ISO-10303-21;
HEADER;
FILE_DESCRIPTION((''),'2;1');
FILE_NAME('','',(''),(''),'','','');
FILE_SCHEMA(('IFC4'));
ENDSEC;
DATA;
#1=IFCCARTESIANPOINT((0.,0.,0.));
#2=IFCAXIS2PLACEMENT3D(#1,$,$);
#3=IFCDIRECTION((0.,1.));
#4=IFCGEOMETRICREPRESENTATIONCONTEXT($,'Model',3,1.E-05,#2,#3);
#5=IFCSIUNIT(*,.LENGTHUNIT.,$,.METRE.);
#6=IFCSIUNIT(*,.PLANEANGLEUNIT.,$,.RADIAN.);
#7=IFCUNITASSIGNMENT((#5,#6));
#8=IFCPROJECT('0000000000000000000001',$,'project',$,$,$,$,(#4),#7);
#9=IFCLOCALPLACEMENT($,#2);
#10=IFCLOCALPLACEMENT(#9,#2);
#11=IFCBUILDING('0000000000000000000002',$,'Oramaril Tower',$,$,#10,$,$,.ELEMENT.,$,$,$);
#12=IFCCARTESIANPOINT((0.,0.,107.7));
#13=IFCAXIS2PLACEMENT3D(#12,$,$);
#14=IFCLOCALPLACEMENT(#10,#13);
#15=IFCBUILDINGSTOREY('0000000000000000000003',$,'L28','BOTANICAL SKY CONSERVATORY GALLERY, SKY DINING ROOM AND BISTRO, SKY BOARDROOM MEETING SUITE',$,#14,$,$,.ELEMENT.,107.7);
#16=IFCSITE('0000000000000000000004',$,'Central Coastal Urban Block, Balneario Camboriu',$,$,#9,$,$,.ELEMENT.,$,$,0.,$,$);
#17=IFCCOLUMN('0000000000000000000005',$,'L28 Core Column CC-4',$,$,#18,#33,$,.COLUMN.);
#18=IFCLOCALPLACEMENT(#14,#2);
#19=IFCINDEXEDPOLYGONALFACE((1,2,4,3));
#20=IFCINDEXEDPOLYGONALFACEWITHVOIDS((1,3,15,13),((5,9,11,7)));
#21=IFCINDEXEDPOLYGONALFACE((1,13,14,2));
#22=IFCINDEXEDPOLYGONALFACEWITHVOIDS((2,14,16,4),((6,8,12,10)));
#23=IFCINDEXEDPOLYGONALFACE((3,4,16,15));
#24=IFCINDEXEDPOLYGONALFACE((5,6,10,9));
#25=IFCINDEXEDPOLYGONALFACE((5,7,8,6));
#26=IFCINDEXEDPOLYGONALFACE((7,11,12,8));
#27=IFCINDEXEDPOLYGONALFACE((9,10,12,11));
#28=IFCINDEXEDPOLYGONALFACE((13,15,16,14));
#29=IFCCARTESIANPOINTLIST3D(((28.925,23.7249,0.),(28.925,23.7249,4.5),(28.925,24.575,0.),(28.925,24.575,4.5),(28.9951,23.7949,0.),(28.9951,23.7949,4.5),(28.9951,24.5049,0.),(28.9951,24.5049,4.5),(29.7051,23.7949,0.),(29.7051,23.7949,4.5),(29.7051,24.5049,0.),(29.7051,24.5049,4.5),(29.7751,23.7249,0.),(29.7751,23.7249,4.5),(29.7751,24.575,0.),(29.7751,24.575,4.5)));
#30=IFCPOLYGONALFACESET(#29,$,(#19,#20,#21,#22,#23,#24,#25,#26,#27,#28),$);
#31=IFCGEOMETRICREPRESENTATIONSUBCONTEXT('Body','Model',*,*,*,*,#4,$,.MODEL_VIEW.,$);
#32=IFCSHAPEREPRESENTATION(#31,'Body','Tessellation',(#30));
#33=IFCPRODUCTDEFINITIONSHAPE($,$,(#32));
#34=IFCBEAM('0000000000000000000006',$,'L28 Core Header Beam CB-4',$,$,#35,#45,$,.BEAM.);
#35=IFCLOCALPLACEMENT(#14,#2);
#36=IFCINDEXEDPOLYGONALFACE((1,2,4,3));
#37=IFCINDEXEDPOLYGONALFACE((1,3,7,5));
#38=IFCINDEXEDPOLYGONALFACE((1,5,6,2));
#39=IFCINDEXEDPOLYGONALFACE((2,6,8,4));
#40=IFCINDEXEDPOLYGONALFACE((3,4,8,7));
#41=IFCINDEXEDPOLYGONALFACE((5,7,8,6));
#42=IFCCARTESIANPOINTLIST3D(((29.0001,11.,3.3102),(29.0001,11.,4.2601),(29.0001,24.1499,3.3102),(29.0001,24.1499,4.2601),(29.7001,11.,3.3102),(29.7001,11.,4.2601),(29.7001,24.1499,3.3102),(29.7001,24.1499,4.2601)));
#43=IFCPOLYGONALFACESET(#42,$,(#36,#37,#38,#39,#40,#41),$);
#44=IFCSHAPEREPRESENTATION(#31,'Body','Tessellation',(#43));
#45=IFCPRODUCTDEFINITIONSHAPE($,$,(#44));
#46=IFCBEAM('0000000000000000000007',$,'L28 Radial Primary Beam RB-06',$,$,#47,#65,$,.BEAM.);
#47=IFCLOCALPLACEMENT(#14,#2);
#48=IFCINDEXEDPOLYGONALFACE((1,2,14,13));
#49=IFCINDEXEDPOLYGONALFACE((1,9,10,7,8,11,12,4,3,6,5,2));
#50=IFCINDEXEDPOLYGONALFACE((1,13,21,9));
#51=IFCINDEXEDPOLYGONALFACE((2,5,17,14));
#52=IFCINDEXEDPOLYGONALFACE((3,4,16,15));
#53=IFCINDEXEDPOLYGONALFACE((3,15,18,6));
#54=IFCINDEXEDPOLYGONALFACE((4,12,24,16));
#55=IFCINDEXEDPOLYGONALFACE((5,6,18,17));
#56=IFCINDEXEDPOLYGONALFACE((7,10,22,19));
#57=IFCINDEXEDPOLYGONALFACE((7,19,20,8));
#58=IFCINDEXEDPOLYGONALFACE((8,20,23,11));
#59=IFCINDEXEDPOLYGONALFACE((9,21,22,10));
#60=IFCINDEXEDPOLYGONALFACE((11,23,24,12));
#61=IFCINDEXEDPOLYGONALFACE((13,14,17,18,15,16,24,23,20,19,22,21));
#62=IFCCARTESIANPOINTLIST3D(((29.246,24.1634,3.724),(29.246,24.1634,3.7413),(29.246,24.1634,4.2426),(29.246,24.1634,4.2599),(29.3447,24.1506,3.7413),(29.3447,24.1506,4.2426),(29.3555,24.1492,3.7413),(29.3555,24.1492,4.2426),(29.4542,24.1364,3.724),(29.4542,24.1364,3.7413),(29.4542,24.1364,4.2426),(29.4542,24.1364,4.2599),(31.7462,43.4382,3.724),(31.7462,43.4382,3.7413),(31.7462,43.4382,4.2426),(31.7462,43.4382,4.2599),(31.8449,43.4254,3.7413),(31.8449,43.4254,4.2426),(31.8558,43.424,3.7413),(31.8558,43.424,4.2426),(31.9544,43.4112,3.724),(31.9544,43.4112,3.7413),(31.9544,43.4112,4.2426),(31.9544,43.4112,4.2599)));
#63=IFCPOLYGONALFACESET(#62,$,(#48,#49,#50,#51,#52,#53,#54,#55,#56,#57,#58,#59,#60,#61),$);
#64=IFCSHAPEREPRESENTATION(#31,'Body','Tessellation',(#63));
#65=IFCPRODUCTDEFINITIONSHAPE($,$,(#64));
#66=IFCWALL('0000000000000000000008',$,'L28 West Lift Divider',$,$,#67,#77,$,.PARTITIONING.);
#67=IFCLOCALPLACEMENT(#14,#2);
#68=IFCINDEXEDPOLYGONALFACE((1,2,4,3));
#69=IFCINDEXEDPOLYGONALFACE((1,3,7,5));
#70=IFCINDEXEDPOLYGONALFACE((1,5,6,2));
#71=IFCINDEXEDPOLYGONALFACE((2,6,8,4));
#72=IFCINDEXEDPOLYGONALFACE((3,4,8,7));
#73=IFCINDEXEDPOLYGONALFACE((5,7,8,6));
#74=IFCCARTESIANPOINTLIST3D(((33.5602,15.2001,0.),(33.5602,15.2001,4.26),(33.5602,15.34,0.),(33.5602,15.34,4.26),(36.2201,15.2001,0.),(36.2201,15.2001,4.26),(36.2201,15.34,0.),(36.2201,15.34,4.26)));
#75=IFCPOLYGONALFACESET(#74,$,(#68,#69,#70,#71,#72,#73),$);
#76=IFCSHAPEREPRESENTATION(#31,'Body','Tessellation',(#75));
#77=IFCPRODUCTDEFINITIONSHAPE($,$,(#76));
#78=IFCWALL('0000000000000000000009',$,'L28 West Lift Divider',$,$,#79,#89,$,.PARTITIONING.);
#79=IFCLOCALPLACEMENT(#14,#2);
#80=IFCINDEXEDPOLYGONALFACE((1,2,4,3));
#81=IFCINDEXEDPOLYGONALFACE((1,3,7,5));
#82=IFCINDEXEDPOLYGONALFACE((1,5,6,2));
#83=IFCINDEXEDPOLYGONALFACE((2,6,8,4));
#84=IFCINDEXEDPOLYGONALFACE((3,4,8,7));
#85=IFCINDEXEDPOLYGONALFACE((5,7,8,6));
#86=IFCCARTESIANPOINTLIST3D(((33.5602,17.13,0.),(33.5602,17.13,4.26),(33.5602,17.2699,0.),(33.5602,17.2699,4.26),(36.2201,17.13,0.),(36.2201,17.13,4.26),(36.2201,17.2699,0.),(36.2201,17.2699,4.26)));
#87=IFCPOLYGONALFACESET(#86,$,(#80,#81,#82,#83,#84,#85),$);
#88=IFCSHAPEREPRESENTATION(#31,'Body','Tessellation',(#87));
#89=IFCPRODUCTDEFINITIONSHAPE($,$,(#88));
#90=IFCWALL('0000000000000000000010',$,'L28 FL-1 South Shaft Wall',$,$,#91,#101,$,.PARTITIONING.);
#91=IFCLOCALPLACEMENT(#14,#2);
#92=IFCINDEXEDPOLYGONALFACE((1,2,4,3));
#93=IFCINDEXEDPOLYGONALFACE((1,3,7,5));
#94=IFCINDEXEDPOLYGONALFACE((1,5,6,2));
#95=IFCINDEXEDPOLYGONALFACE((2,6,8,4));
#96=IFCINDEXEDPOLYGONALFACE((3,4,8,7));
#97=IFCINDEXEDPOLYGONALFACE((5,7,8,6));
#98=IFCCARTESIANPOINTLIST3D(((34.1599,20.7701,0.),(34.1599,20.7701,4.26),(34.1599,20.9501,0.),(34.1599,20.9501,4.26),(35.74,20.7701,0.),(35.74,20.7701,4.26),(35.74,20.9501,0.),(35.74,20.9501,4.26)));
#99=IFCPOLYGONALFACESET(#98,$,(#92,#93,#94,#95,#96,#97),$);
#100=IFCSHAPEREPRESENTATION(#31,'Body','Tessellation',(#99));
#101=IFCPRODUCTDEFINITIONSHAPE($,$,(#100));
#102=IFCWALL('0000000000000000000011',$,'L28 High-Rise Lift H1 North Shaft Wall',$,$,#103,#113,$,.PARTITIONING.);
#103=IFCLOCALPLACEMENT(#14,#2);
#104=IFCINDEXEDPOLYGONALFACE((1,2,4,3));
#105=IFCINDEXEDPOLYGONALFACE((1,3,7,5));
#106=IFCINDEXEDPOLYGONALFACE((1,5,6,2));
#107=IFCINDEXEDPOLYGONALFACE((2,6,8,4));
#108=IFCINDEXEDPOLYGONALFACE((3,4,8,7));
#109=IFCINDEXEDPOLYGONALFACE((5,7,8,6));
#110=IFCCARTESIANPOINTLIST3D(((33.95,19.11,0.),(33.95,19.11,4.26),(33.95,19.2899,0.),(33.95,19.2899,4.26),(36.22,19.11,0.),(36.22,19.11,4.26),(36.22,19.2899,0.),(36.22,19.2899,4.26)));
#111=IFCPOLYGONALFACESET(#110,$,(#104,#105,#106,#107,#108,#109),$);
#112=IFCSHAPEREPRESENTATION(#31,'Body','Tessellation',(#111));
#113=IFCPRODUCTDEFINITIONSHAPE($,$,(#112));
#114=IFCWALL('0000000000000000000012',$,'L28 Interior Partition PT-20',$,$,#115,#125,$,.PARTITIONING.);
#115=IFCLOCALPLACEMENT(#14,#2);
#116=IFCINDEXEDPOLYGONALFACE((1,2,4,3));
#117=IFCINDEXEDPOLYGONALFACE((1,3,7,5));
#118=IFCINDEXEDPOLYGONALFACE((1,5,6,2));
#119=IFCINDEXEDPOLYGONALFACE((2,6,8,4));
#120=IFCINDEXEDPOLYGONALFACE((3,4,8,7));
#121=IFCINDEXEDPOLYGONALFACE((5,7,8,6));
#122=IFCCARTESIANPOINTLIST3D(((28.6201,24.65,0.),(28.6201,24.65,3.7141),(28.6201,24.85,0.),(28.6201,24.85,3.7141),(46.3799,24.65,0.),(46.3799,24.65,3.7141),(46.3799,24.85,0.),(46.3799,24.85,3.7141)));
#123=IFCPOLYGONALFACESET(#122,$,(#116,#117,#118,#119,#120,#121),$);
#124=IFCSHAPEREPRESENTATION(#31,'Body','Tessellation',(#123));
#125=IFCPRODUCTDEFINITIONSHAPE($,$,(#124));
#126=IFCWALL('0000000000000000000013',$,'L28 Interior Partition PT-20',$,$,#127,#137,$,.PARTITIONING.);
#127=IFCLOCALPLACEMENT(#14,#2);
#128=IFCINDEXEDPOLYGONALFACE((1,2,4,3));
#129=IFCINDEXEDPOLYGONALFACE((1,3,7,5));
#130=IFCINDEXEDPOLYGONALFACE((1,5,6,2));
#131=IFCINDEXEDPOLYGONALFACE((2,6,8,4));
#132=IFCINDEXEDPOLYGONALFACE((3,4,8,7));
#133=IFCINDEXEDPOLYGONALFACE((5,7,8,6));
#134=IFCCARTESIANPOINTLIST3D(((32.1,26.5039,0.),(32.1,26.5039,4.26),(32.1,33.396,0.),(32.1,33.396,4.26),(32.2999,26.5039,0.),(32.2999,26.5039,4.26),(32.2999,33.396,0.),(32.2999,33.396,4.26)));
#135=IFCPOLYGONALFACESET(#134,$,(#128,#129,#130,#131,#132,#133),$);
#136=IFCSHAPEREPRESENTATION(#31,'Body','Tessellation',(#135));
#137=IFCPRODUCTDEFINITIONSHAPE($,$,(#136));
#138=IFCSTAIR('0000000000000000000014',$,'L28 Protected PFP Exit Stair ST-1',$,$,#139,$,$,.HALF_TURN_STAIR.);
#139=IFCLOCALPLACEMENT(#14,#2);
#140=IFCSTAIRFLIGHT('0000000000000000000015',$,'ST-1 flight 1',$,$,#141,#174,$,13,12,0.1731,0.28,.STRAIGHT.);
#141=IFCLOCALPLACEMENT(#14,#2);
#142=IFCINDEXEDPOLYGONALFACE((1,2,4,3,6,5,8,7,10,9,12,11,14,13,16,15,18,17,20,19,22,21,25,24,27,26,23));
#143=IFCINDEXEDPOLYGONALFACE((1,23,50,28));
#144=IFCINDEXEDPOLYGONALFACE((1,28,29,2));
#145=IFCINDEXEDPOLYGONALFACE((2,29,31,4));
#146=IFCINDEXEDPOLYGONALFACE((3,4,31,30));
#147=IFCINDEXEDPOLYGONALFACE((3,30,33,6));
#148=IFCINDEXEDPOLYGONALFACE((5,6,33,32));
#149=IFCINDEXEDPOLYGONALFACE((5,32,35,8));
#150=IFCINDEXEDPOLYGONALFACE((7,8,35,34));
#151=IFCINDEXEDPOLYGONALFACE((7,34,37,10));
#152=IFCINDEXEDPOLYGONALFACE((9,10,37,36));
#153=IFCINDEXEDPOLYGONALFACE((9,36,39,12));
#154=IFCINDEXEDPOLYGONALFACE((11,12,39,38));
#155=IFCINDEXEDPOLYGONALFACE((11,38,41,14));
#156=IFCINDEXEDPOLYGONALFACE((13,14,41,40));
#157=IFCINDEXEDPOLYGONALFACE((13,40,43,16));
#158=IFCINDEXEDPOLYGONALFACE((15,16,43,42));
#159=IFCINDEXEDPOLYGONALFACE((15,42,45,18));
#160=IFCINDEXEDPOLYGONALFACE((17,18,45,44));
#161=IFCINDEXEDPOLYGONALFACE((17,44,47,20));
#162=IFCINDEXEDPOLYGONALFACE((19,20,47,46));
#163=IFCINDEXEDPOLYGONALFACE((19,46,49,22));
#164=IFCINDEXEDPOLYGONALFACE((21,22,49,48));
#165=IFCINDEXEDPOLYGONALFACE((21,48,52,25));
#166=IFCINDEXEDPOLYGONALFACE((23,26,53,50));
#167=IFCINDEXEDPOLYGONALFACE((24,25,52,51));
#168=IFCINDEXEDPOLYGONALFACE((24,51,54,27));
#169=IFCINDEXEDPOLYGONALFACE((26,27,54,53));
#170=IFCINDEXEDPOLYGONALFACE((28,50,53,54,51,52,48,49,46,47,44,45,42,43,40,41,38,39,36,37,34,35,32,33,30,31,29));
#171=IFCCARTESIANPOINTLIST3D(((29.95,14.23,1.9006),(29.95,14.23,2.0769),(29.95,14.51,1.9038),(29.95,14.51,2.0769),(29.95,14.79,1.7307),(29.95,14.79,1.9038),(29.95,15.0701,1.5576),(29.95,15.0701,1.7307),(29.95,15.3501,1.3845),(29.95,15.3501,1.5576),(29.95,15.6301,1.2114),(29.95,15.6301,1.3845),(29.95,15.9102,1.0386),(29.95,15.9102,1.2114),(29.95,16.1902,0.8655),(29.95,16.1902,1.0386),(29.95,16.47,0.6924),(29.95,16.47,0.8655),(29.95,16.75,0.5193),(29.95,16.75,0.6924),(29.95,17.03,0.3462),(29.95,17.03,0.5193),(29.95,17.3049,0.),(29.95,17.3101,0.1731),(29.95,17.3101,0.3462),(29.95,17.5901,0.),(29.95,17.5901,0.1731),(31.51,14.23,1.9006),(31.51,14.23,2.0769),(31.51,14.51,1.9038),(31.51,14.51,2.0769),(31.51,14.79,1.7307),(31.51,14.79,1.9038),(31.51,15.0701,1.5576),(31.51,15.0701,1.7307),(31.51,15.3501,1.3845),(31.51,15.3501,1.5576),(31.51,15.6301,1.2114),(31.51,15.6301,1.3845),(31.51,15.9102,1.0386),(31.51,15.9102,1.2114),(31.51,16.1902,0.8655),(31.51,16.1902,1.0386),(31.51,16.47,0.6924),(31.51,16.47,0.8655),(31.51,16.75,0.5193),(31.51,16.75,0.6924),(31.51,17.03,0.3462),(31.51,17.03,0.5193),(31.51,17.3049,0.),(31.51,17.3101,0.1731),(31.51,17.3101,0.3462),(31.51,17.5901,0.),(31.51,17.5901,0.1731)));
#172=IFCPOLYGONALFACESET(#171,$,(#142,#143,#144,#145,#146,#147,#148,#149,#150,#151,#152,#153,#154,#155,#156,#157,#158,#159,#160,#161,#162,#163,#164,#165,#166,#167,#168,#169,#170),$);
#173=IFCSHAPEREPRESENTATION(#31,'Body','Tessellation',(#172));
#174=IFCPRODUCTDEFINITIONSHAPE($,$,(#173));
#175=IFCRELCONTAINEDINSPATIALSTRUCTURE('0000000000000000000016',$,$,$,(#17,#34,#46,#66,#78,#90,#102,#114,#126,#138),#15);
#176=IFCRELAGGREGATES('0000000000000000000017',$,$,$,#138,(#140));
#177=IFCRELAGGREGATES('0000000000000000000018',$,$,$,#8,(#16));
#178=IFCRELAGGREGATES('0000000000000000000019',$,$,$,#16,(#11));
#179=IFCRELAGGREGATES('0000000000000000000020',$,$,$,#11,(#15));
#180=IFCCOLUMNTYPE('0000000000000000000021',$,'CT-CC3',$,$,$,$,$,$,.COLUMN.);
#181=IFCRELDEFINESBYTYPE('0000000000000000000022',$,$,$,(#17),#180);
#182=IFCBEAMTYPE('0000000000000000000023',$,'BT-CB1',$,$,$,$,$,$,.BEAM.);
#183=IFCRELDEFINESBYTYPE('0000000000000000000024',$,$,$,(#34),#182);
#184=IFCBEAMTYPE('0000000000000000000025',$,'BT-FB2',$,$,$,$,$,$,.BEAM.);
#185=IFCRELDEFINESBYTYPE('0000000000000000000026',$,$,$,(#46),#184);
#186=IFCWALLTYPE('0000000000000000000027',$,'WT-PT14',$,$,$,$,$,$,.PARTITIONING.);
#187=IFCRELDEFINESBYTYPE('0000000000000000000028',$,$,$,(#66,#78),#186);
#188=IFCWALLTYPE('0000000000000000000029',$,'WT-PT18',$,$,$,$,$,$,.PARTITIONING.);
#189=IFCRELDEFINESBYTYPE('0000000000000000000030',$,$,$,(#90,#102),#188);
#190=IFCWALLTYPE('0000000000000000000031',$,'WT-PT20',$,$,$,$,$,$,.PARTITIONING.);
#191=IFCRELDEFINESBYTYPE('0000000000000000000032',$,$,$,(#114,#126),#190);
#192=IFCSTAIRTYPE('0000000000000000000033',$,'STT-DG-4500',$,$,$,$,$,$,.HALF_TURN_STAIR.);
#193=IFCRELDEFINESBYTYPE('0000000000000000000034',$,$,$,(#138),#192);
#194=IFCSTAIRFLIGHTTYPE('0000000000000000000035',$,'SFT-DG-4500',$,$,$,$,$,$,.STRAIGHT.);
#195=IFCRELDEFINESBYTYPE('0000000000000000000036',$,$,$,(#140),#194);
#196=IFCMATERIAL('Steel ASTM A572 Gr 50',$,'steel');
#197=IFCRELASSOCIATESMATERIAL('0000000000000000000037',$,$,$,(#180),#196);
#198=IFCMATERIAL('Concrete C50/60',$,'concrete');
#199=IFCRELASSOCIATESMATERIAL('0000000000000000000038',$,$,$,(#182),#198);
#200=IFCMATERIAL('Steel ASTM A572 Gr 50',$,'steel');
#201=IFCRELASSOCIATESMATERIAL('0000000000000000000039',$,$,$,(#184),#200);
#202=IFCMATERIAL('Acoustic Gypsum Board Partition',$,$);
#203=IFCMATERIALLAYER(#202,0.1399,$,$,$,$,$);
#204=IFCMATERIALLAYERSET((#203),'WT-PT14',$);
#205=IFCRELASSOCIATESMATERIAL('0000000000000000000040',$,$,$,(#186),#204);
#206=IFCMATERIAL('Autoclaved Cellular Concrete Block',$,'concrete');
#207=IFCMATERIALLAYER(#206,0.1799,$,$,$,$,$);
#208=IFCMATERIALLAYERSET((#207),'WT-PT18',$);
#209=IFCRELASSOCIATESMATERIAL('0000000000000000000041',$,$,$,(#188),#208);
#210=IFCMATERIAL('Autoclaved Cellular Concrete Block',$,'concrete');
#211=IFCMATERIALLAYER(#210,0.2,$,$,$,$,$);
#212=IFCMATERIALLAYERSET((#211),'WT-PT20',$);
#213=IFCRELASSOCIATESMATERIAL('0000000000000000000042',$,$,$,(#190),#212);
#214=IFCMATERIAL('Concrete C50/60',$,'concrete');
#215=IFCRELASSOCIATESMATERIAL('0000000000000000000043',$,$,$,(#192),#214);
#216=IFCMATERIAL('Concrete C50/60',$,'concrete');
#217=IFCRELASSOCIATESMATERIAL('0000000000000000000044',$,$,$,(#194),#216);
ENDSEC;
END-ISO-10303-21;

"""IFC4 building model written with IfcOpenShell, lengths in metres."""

from ifc_helpers import new_model, si_unit, direction, frame, frame_2d, origin, origin_2d, place, context, subcontext, project, spatial, polyline, rectangle, hollow_rectangle, i_section, outline, extrude, material, layer, layer_set, material_profile, profile_set, type_object, element, aggregate, save


model = new_model("IFC4")

# Units and contexts
model_context = context("Model", 3, precision=1e-05, world=origin(), true_north=direction((0.0, 1.0)))
body_context = subcontext(model_context, "Body", "Model", "MODEL_VIEW")
ifc_project = project(units=[si_unit("LENGTHUNIT", "METRE"), si_unit("PLANEANGLEUNIT", "RADIAN")], contexts=[model_context])

# Site, building, storey
site_placement = place(None, origin())
site = spatial("IfcSite", under=ifc_project, at=site_placement, Name="Central Coastal Urban Block, Balneario Camboriu", CompositionType="ELEMENT", RefElevation=0.0)
building_placement = place(site_placement, origin())
building = spatial("IfcBuilding", under=site, at=building_placement, Name="Oramaril Tower", CompositionType="ELEMENT")
storey_placement = place(building_placement, frame((0.0, 0.0, 107.7)))
storey = spatial("IfcBuildingStorey", under=building, at=storey_placement, Name="L28", Description="BOTANICAL SKY CONSERVATORY GALLERY, SKY DINING ROOM AND BISTRO, SKY BOARDROOM MEETING SUITE", CompositionType="ELEMENT", Elevation=107.7)

# Column
ifc_material_1 = material(Name="Steel ASTM A572 Gr 50", Category="steel")
ifc_material_profile_1 = material_profile(ifc_material_1, hollow_rectangle(XDim=0.8501, YDim=0.8501, WallThickness=0.0701, at=origin_2d()), Name="BOX850X850X70")
ifc_profile_set_1 = profile_set([ifc_material_profile_1], Name="Steel ASTM A572 Gr 50")
column_type = type_object("IfcColumnType", Name="CT-CC3", PredefinedType="COLUMN", material=ifc_profile_set_1)
column_placement = place(storey_placement, frame((29.3501, 24.1499, 0.0), z_axis=(0.0, 0.0, 1.0), x_axis=(1.0, 0.0, 0.0)))
element("IfcColumn", 1, at=column_placement, inside=storey, type_object=column_type, Name="L28 Core Column CC-4", PredefinedType="COLUMN", context=body_context, shape_type="SweptSolid", body=[
    extrude(hollow_rectangle(XDim=0.8501, YDim=0.8501, WallThickness=0.0701, at=origin_2d()), origin(), (0.0, 0.0, 1.0), 4.5),
])

# Beams
ifc_material_2 = material(Name="Concrete C50/60", Category="concrete")
ifc_material_profile_2 = material_profile(ifc_material_2, rectangle(XDim=0.7, YDim=0.95, at=origin_2d()), Name="CB700X950")
ifc_profile_set_2 = profile_set([ifc_material_profile_2], Name="Concrete C50/60")
beam_type_1 = type_object("IfcBeamType", Name="BT-CB1", PredefinedType="BEAM", material=ifc_profile_set_2)
beam_1_placement = place(storey_placement, frame((29.3501, 24.1499, 3.7852), z_axis=(0.0, -1.0, 0.0), x_axis=(1.0, 0.0, 0.0)))
element("IfcBeam", 2, at=beam_1_placement, inside=storey, type_object=beam_type_1, Name="L28 Core Header Beam CB-4", PredefinedType="BEAM", context=body_context, shape_type="SweptSolid", body=[
    extrude(rectangle(XDim=0.7, YDim=0.95, at=origin_2d()), origin(), (0.0, 0.0, 1.0), 13.1499),
])
ifc_material_3 = material(Name="Steel ASTM A572 Gr 50", Category="steel")
ifc_material_profile_3 = material_profile(ifc_material_3, i_section(OverallWidth=0.21, OverallDepth=0.5359, WebThickness=0.011, FlangeThickness=0.0173, at=origin_2d()), Name="W21X68")
ifc_profile_set_3 = profile_set([ifc_material_profile_3], Name="Steel ASTM A572 Gr 50")
beam_type_2 = type_object("IfcBeamType", Name="BT-FB2", PredefinedType="BEAM", material=ifc_profile_set_3)
beam_2_placement = place(storey_placement, frame((29.3501, 24.1499, 3.9919), z_axis=(0.128637, 0.991692, 0.0), x_axis=(-0.991692, 0.128637, 0.0)))
element("IfcBeam", 3, at=beam_2_placement, inside=storey, type_object=beam_type_2, Name="L28 Radial Primary Beam RB-06", PredefinedType="BEAM", context=body_context, shape_type="SweptSolid", body=[
    extrude(i_section(OverallWidth=0.21, OverallDepth=0.5359, WebThickness=0.011, FlangeThickness=0.0173, at=origin_2d()), origin(), (0.0, 0.0, 1.0), 19.4363),
])

# Walls
ifc_material_4 = material(Name="Acoustic Gypsum Board Partition")
ifc_layer_1 = layer(ifc_material_4, 0.1399)
ifc_layer_set_1 = layer_set([ifc_layer_1], Name="WT-PT14")
wall_type_1 = type_object("IfcWallType", Name="WT-PT14", PredefinedType="PARTITIONING", material=ifc_layer_set_1)
for number, where, z_axis, x_axis, name in (
    (4, (33.5601, 15.27, 0.0), (0.0, 0.0, 1.0), (1.0, 0.0, 0.0), "L28 West Lift Divider"),
    (5, (33.5601, 17.2, 0.0), (0.0, 0.0, 1.0), (1.0, 0.0, 0.0), "L28 West Lift Divider"),
):
    element("IfcWall", number, at=place(storey_placement, frame(where, z_axis=z_axis, x_axis=x_axis)), inside=storey, type_object=wall_type_1, Name=name, PredefinedType="PARTITIONING", context=body_context, shape_type="SweptSolid", body=[
        extrude(rectangle(XDim=2.6599, YDim=0.1399, at=frame_2d((1.3301, 0.0))), origin(), (0.0, 0.0, 1.0), 4.26),
    ])
ifc_material_5 = material(Name="Autoclaved Cellular Concrete Block", Category="concrete")
ifc_layer_2 = layer(ifc_material_5, 0.1799)
ifc_layer_set_2 = layer_set([ifc_layer_2], Name="WT-PT18")
wall_type_2 = type_object("IfcWallType", Name="WT-PT18", PredefinedType="PARTITIONING", material=ifc_layer_set_2)
wall_1_placement = place(storey_placement, frame((34.1599, 20.8601, 0.0), z_axis=(0.0, 0.0, 1.0), x_axis=(1.0, 0.0, 0.0)))
element("IfcWall", 6, at=wall_1_placement, inside=storey, type_object=wall_type_2, Name="L28 FL-1 South Shaft Wall", PredefinedType="PARTITIONING", context=body_context, shape_type="SweptSolid", body=[
    extrude(rectangle(XDim=1.5801, YDim=0.1799, at=frame_2d((0.79, 0.0))), origin(), (0.0, 0.0, 1.0), 4.26),
])
wall_2_placement = place(storey_placement, frame((33.95, 19.2, 0.0), z_axis=(0.0, 0.0, 1.0), x_axis=(1.0, 0.0, 0.0)))
element("IfcWall", 7, at=wall_2_placement, inside=storey, type_object=wall_type_2, Name="L28 High-Rise Lift H1 North Shaft Wall", PredefinedType="PARTITIONING", context=body_context, shape_type="SweptSolid", body=[
    extrude(rectangle(XDim=2.27, YDim=0.1799, at=frame_2d((1.135, 0.0))), origin(), (0.0, 0.0, 1.0), 4.26),
])
ifc_material_6 = material(Name="Autoclaved Cellular Concrete Block", Category="concrete")
ifc_layer_3 = layer(ifc_material_6, 0.2)
ifc_layer_set_3 = layer_set([ifc_layer_3], Name="WT-PT20")
wall_type_3 = type_object("IfcWallType", Name="WT-PT20", PredefinedType="PARTITIONING", material=ifc_layer_set_3)
wall_3_placement = place(storey_placement, frame((28.6201, 24.75, 0.0), z_axis=(0.0, 0.0, 1.0), x_axis=(1.0, 0.0, 0.0)))
element("IfcWall", 8, at=wall_3_placement, inside=storey, type_object=wall_type_3, Name="L28 Interior Partition PT-20", PredefinedType="PARTITIONING", context=body_context, shape_type="SweptSolid", body=[
    extrude(rectangle(XDim=17.7598, YDim=0.2, at=frame_2d((8.8799, 0.0))), origin(), (0.0, 0.0, 1.0), 3.7141),
])

# Wall
wall_4_placement = place(storey_placement, frame((32.2, 26.5039, 0.0), z_axis=(0.0, 0.0, 1.0), x_axis=(0.0, 1.0, 0.0)))
element("IfcWall", 9, at=wall_4_placement, inside=storey, type_object=wall_type_3, Name="L28 Interior Partition PT-20", PredefinedType="PARTITIONING", context=body_context, shape_type="SweptSolid", body=[
    extrude(rectangle(XDim=6.8921, YDim=0.2, at=frame_2d((3.446, 0.0))), origin(), (0.0, 0.0, 1.0), 4.26),
])

# Stair, stair flight
ifc_material_7 = material(Name="Concrete C50/60", Category="concrete")
stair_type = type_object("IfcStairType", Name="STT-DG-4500", PredefinedType="HALF_TURN_STAIR", material=ifc_material_7)
stair_placement = place(storey_placement, origin())
stair = element("IfcStair", 10, at=stair_placement, inside=storey, type_object=stair_type, Name="L28 Protected PFP Exit Stair ST-1", PredefinedType="HALF_TURN_STAIR")
ifc_material_8 = material(Name="Concrete C50/60", Category="concrete")
stair_flight_type = type_object("IfcStairFlightType", Name="SFT-DG-4500", PredefinedType="STRAIGHT", material=ifc_material_8)
stair_flight_1_placement = place(storey_placement, frame((30.73, 17.5901, 0.0), z_axis=(0.0, 0.0, 1.0), x_axis=(0.0, -1.0, 0.0)))
stair_flight_1 = element("IfcStairFlight", 11, at=stair_flight_1_placement, type_object=stair_flight_type, Name="ST-1 flight 1", NumberOfRisers=13, NumberOfTreads=12, PredefinedType="STRAIGHT", RiserHeight=0.1731, TreadLength=0.28, context=body_context, shape_type="SweptSolid", body=[
    extrude(outline(polyline([(0.0, 0.0), (0.0, 0.1731), (0.28, 0.1731), (0.28, 0.3462), (0.5601, 0.3462), (0.5601, 0.5193), (0.8401, 0.5193), (0.8401, 0.6924), (1.1201, 0.6924), (1.1201, 0.8655), (1.3999, 0.8655), (1.3999, 1.0386), (1.6799, 1.0386), (1.6799, 1.2114), (1.96, 1.2114), (1.96, 1.3845), (2.24, 1.3845), (2.24, 1.5576), (2.52, 1.5576), (2.52, 1.7307), (2.8, 1.7307), (2.8, 1.9038), (3.0801, 1.9038), (3.0801, 2.0769), (3.3601, 2.0769), (3.3601, 2.25), (3.3601, 1.9006), (0.2852, 0.0), (0.0, 0.0)])), frame((0.0, 0.78, 0.0), z_axis=(0.0, -1.0, 0.0), x_axis=(1.0, 0.0, 0.0)), (0.0, 0.0, 1.0), 1.5601),
])
aggregate(stair, [stair_flight_1])

save(model, "model.ifc")
